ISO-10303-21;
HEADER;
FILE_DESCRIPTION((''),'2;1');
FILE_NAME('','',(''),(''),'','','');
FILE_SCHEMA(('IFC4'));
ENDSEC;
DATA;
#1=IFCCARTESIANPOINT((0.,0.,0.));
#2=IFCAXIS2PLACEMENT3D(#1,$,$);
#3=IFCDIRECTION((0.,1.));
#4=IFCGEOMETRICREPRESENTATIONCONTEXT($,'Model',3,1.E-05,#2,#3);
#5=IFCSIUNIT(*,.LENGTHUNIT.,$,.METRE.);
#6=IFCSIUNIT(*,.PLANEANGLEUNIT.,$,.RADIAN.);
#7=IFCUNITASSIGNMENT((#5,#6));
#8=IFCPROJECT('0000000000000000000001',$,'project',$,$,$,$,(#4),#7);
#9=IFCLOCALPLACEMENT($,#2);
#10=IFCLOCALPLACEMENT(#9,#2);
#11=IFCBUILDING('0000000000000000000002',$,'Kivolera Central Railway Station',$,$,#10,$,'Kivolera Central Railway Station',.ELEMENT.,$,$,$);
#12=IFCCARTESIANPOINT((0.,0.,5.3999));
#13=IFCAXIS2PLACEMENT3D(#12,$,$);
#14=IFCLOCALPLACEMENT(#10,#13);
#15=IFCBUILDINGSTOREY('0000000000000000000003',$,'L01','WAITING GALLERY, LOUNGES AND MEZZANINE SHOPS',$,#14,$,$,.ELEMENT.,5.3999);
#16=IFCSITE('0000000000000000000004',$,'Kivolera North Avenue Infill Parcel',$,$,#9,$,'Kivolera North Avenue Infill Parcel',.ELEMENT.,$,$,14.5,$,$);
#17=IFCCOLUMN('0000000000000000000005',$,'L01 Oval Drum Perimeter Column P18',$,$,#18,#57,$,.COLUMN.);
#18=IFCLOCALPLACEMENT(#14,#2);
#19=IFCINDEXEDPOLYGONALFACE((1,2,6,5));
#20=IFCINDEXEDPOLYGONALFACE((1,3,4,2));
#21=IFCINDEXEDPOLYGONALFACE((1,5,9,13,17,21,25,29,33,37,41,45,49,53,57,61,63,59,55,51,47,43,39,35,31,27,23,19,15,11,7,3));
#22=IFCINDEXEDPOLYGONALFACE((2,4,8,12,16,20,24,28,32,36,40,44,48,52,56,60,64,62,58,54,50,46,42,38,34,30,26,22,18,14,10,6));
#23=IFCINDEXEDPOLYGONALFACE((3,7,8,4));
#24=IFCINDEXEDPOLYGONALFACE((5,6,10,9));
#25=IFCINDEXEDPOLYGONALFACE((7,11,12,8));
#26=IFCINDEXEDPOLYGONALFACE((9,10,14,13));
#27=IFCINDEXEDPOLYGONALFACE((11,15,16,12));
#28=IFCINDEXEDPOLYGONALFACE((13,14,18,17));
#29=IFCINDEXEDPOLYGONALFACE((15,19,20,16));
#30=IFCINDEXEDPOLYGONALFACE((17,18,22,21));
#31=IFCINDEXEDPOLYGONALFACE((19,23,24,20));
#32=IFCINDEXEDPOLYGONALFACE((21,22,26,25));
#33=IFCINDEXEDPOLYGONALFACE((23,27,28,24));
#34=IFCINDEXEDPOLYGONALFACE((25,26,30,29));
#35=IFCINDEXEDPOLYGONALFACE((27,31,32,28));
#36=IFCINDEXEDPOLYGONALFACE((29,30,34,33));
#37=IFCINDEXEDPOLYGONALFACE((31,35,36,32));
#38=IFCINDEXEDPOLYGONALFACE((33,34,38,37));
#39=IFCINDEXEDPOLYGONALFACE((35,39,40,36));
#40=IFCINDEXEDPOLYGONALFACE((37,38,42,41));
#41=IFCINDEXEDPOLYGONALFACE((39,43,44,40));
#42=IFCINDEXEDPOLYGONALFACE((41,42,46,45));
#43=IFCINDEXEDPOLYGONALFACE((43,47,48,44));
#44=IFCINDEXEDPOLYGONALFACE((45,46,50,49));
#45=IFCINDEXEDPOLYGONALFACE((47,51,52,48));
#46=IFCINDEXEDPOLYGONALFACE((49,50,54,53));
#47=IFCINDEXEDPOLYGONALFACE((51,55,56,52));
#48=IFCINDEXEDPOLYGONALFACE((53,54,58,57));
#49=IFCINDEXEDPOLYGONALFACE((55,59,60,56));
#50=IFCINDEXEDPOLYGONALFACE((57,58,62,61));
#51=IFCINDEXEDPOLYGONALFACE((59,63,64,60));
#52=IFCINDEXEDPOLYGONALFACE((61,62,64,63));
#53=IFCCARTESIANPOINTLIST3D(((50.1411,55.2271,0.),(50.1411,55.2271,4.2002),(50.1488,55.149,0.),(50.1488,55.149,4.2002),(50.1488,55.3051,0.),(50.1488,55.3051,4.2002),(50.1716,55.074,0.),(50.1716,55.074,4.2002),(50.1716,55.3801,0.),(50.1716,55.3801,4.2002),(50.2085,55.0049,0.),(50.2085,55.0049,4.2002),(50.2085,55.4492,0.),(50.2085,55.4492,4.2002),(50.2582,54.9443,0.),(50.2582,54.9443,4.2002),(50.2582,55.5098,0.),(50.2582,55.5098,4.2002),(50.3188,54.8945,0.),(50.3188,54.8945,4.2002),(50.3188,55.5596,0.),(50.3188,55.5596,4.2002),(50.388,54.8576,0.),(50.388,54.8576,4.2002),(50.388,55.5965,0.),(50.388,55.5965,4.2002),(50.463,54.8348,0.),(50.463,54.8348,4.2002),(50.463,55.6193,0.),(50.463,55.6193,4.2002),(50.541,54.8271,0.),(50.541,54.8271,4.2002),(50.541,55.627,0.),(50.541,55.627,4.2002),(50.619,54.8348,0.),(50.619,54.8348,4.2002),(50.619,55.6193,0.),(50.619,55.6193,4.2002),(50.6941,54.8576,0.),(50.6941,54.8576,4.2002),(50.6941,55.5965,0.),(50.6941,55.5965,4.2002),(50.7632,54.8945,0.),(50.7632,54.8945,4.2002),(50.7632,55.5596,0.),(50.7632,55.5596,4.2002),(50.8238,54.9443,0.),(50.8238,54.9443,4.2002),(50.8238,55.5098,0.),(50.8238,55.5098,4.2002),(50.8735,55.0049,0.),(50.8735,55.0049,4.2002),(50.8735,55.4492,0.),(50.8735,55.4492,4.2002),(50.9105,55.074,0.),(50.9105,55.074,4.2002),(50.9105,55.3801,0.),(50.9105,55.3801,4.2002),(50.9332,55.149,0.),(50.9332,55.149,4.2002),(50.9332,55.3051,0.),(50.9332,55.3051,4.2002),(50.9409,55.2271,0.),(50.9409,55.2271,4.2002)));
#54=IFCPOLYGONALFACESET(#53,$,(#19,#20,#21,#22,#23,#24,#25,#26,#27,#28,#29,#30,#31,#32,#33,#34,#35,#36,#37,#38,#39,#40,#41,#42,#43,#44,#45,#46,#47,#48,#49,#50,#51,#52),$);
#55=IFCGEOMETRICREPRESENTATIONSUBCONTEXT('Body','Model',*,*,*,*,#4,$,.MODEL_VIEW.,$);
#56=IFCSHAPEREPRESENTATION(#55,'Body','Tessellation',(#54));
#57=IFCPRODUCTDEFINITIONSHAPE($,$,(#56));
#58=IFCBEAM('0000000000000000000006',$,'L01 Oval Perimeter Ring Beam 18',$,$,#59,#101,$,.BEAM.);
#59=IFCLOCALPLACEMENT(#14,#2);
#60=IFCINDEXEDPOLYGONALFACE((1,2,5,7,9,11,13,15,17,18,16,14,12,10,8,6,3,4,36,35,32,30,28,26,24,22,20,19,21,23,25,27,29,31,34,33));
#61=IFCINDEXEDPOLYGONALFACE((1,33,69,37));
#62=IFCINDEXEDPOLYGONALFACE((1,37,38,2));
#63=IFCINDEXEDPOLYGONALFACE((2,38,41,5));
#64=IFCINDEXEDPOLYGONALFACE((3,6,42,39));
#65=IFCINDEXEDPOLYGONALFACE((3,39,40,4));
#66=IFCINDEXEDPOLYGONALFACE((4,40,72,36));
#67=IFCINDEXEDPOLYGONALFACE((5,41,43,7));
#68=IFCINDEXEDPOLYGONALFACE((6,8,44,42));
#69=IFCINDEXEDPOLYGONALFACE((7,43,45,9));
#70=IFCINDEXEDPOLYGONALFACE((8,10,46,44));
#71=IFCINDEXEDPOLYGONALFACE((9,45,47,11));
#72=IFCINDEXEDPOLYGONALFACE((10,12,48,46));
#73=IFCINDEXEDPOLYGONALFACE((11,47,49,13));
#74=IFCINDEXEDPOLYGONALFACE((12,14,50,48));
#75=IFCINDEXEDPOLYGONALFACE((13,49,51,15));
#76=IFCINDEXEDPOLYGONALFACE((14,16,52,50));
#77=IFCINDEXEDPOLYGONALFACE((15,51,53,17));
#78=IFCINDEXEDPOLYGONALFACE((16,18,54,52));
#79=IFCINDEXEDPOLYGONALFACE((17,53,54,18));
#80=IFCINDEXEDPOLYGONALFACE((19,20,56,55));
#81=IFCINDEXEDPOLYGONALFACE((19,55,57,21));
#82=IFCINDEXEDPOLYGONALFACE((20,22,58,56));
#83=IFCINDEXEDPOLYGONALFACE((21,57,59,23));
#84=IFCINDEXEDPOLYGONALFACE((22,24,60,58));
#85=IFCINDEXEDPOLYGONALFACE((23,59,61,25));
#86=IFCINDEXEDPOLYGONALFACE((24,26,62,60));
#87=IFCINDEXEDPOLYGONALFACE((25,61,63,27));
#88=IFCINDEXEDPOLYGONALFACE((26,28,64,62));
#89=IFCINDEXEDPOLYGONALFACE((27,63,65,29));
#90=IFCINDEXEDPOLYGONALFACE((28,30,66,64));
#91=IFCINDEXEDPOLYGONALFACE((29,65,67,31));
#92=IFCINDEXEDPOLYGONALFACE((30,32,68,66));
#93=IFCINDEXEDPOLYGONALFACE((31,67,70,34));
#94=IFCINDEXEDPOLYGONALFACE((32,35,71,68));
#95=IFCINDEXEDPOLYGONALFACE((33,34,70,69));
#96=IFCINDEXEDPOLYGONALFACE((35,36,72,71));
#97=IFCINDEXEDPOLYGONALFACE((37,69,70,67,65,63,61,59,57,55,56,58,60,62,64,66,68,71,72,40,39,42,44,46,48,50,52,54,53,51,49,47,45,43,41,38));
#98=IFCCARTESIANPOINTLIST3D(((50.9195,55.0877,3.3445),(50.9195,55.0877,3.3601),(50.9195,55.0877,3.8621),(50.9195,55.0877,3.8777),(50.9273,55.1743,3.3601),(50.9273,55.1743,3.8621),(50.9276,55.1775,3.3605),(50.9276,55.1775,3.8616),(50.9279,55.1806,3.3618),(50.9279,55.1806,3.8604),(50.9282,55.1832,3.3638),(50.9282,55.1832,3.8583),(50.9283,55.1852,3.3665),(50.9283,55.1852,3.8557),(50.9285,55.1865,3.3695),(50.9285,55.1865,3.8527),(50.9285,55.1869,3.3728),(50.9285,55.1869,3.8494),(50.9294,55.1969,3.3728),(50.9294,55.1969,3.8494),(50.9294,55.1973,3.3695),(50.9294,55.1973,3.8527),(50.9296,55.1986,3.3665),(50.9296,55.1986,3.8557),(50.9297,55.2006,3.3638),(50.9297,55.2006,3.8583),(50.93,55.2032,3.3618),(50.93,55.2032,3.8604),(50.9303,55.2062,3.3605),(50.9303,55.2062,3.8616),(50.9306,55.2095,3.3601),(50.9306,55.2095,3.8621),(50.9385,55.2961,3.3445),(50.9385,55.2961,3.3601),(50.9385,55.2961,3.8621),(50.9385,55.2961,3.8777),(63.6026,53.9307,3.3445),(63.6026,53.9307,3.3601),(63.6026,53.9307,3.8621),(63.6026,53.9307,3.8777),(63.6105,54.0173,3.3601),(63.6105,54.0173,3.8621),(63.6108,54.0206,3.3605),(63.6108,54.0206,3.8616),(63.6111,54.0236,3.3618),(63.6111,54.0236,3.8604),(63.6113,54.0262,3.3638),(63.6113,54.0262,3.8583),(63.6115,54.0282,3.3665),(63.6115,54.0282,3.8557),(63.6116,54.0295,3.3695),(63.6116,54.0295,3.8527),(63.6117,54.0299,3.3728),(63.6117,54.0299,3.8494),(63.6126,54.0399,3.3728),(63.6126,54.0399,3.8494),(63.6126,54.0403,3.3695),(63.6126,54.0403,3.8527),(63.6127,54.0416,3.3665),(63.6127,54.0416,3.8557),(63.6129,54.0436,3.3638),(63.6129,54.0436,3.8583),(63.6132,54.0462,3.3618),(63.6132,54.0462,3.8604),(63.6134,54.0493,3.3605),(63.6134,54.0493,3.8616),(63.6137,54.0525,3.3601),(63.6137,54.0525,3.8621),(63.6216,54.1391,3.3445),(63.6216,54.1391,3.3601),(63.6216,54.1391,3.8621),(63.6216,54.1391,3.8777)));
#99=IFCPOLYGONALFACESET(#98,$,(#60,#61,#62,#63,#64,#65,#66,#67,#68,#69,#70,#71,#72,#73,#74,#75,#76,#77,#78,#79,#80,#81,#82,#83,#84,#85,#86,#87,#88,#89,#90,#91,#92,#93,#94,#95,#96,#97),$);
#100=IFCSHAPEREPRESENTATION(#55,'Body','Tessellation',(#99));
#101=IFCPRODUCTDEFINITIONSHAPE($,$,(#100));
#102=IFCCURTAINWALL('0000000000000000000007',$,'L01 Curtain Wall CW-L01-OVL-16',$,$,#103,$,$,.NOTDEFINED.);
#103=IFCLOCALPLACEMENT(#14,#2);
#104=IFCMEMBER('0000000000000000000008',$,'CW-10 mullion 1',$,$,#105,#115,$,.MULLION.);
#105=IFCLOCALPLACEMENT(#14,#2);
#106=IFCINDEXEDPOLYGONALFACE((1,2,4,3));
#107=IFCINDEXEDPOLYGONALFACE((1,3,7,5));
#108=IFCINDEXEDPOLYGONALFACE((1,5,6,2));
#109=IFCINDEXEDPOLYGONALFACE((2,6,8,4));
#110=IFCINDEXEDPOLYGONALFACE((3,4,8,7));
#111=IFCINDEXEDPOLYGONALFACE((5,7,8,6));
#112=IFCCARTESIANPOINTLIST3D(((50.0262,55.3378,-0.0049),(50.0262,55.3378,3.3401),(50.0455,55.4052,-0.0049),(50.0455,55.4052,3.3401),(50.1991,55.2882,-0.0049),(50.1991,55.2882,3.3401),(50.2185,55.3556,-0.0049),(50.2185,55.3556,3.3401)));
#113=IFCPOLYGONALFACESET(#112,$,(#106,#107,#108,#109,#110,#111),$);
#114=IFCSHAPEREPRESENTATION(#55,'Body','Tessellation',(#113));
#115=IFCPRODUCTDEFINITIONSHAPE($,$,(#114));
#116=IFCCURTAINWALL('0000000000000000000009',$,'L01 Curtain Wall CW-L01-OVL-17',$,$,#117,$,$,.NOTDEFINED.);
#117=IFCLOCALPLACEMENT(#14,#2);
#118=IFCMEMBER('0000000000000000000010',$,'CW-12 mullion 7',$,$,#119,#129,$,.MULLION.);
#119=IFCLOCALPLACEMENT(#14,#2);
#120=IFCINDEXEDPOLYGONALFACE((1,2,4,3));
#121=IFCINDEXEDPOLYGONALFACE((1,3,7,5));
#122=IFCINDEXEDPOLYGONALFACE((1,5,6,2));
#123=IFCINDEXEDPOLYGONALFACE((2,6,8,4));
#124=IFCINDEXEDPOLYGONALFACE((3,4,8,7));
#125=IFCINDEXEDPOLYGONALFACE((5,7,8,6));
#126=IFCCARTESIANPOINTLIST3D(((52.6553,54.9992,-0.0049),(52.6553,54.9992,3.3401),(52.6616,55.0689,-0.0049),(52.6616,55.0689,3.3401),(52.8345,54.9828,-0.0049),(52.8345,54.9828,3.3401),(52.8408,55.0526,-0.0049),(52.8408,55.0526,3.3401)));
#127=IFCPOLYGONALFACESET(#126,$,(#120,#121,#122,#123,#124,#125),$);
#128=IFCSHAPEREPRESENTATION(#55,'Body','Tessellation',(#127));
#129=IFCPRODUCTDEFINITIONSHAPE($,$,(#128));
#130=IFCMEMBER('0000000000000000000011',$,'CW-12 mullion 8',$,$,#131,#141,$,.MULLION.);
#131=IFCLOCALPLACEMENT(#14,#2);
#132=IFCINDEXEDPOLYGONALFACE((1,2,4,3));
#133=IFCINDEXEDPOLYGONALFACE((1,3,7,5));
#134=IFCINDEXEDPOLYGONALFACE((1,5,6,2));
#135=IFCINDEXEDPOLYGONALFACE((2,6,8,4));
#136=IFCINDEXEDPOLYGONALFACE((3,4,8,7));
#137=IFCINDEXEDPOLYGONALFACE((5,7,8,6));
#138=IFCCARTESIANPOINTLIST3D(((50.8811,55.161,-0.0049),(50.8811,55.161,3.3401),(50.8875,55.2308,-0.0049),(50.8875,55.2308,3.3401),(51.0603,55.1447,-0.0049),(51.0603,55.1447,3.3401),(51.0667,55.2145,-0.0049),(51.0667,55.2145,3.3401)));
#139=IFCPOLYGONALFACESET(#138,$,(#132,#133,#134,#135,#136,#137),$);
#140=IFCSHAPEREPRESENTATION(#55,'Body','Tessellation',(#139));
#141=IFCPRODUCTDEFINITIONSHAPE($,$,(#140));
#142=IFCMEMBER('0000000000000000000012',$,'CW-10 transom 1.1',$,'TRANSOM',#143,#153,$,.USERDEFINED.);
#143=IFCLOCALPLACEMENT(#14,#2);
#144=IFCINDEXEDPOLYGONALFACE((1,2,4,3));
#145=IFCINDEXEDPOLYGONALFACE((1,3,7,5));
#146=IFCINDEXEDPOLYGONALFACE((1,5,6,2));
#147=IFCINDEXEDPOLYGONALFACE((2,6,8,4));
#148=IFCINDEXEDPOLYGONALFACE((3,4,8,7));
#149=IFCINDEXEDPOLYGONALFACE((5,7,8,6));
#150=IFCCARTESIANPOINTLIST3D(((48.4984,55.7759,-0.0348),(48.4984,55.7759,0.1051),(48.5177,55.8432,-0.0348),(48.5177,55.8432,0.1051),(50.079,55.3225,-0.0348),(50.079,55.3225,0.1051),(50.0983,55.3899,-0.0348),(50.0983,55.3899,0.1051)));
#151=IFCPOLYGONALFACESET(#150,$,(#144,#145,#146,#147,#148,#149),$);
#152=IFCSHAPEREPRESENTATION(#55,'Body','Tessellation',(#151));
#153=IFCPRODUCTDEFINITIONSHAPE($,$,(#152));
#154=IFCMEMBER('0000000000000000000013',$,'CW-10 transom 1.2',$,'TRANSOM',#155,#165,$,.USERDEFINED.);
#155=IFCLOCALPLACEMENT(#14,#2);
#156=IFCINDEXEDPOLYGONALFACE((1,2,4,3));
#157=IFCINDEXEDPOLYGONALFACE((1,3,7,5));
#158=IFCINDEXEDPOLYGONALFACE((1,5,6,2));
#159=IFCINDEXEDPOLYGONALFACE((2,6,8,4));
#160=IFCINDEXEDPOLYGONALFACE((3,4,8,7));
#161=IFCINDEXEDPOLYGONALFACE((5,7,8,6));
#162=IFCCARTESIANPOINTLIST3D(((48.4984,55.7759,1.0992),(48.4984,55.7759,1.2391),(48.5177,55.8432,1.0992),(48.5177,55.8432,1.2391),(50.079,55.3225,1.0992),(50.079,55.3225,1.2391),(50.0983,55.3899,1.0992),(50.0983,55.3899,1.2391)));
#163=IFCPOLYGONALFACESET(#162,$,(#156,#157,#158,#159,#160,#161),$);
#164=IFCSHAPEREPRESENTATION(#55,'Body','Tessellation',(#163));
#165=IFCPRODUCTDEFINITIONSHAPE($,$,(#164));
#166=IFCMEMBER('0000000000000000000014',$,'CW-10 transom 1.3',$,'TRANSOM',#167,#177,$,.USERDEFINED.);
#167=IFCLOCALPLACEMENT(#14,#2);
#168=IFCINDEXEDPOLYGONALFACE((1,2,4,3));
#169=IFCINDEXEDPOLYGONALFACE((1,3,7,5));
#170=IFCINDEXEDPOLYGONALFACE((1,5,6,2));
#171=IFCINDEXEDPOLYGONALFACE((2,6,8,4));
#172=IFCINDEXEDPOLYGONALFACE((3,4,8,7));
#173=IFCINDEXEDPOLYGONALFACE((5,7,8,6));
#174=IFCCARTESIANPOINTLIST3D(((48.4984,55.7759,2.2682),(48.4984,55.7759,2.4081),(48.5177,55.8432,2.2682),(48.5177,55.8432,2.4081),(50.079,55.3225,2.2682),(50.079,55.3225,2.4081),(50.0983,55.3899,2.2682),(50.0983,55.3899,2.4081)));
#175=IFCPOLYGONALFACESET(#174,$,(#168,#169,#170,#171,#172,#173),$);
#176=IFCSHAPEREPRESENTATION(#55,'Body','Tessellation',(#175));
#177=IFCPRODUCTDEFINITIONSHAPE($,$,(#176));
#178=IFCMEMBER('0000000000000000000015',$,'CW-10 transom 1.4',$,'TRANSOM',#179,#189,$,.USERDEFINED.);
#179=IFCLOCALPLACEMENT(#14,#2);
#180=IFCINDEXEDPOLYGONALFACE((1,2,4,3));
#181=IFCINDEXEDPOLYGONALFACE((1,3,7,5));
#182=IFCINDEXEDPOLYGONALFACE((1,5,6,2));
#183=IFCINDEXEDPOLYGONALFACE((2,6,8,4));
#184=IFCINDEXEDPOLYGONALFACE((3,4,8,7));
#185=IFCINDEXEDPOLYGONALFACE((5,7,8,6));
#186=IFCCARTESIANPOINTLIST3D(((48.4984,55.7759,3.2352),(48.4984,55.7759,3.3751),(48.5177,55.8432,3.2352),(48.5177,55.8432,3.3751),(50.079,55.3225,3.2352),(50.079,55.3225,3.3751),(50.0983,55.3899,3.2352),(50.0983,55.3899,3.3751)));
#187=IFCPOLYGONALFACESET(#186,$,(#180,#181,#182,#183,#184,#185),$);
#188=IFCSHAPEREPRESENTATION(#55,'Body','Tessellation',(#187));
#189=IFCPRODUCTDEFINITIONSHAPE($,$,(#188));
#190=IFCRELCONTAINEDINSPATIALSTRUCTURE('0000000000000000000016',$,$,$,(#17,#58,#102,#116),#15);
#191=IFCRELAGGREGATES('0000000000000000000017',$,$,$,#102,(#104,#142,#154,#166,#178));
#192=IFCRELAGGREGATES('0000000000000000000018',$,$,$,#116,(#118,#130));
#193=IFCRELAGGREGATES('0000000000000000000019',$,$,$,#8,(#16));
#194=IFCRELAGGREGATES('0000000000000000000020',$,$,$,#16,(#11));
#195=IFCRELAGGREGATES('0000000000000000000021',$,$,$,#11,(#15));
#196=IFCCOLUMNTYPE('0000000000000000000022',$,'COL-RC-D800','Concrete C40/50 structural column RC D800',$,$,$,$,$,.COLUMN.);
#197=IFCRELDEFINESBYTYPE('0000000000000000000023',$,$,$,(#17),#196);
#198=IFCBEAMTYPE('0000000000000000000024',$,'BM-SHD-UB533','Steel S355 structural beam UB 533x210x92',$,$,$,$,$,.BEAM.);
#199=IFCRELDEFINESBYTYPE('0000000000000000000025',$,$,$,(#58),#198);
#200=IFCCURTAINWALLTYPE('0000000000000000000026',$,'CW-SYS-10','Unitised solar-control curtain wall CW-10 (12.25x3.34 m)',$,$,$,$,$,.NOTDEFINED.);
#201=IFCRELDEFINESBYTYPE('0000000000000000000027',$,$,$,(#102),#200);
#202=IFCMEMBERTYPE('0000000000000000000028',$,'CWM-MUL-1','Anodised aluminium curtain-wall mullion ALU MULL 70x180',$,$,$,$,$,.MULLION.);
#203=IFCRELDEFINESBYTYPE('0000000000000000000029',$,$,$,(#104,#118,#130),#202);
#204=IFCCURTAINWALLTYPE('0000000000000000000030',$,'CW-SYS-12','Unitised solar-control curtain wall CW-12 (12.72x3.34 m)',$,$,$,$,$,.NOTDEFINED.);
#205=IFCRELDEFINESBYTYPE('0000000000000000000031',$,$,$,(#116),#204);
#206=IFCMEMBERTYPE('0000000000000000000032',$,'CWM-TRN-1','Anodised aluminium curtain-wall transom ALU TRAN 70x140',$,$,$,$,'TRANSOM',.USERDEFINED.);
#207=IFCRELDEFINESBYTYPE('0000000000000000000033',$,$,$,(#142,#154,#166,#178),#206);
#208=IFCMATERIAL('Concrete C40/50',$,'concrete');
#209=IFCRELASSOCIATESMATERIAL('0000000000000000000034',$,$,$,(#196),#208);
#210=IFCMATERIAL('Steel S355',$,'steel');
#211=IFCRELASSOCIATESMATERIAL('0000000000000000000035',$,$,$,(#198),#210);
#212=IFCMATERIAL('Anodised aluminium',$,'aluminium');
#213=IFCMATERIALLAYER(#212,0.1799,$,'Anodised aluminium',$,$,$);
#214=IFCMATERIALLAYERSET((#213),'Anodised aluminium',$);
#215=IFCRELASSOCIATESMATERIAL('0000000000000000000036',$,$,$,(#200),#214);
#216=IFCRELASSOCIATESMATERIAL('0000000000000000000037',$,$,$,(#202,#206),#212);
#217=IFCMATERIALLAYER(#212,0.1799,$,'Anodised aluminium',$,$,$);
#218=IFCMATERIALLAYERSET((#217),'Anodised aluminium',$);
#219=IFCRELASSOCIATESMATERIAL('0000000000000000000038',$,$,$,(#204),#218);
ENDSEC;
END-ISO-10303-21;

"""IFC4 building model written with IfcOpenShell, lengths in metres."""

from ifc_helpers import new_model, si_unit, direction, frame, origin, origin_2d, place, context, subcontext, project, spatial, rectangle, circle, i_section, extrude, material, layer, layer_set, material_profile, profile_set, type_object, element, aggregate, save


model = new_model("IFC4")

# Units and contexts
model_context = context("Model", 3, precision=1e-05, world=origin(), true_north=direction((0.0, 1.0)))
body_context = subcontext(model_context, "Body", "Model", "MODEL_VIEW")
ifc_project = project(units=[si_unit("LENGTHUNIT", "METRE"), si_unit("PLANEANGLEUNIT", "RADIAN")], contexts=[model_context])

# Site, building, storey
site_placement = place(None, origin())
site = spatial("IfcSite", under=ifc_project, at=site_placement, Name="Kivolera North Avenue Infill Parcel", LongName="Kivolera North Avenue Infill Parcel", CompositionType="ELEMENT", RefElevation=14.5)
building_placement = place(site_placement, origin())
building = spatial("IfcBuilding", under=site, at=building_placement, Name="Kivolera Central Railway Station", LongName="Kivolera Central Railway Station", CompositionType="ELEMENT")
storey_placement = place(building_placement, frame((0.0, 0.0, 5.3999)))
storey = spatial("IfcBuildingStorey", under=building, at=storey_placement, Name="L01", Description="WAITING GALLERY, LOUNGES AND MEZZANINE SHOPS", CompositionType="ELEMENT", Elevation=5.3999)

# Column
ifc_material_1 = material(Name="Concrete C40/50", Category="concrete")
ifc_material_profile_1 = material_profile(ifc_material_1, circle(Radius=0.3999, at=origin_2d()), Name="RC D800")
ifc_profile_set_1 = profile_set([ifc_material_profile_1], Name="Concrete C40/50")
column_type = type_object("IfcColumnType", Name="COL-RC-D800", Description="Concrete C40/50 structural column RC D800", PredefinedType="COLUMN", material=ifc_profile_set_1)
column_placement = place(storey_placement, frame((50.541, 55.2271, 0.0), z_axis=(0.0, 0.0, 1.0), x_axis=(1.0, 0.0, 0.0)))
element("IfcColumn", 1, at=column_placement, inside=storey, type_object=column_type, Name="L01 Oval Drum Perimeter Column P18", PredefinedType="COLUMN", context=body_context, shape_type="SweptSolid", body=[
    extrude(circle(Radius=0.3999, at=origin_2d()), origin(), (0.0, 0.0, 1.0), 4.2002),
])

# Beam
ifc_material_2 = material(Name="Steel S355", Category="steel")
ifc_material_profile_2 = material_profile(ifc_material_2, i_section(OverallWidth=0.2092, OverallDepth=0.5332, WebThickness=0.01, FlangeThickness=0.0156, FilletRadius=0.0127, at=origin_2d()), Name="UB 533x210x92")
ifc_profile_set_2 = profile_set([ifc_material_profile_2], Name="Steel S355")
beam_type = type_object("IfcBeamType", Name="BM-SHD-UB533", Description="Steel S355 structural beam UB 533x210x92", PredefinedType="BEAM", material=ifc_profile_set_2)
beam_placement = place(storey_placement, frame((50.929, 55.1919, 3.6111), z_axis=(0.995865, -0.090845, 0.0), x_axis=(0.090845, 0.995865, 0.0)))
element("IfcBeam", 2, at=beam_placement, inside=storey, type_object=beam_type, Name="L01 Oval Perimeter Ring Beam 18", PredefinedType="BEAM", context=body_context, shape_type="SweptSolid", body=[
    extrude(i_section(OverallWidth=0.2092, OverallDepth=0.5332, WebThickness=0.01, FlangeThickness=0.0156, FilletRadius=0.0127, at=origin_2d()), origin(), (0.0, 0.0, 1.0), 12.7358),
])

# Curtain wall, member
ifc_material_3 = material(Name="Anodised aluminium", Category="aluminium")
ifc_layer_1 = layer(ifc_material_3, 0.1799, Name="Anodised aluminium")
ifc_layer_set_1 = layer_set([ifc_layer_1], Name="Anodised aluminium")
curtain_wall_type_1 = type_object("IfcCurtainWallType", Name="CW-SYS-10", Description="Unitised solar-control curtain wall CW-10 (12.25x3.34 m)", PredefinedType="NOTDEFINED", material=ifc_layer_set_1)
curtain_wall_1_placement = place(storey_placement, origin())
curtain_wall_1 = element("IfcCurtainWall", 3, at=curtain_wall_1_placement, inside=storey, type_object=curtain_wall_type_1, Name="L01 Curtain Wall CW-L01-OVL-16", PredefinedType="NOTDEFINED")
ifc_material_profile_3 = material_profile(ifc_material_3, rectangle(XDim=0.0701, YDim=0.1799, at=origin_2d()), Name="ALU MULL 70x180")
ifc_profile_set_3 = profile_set([ifc_material_profile_3], Name="Anodised aluminium")
member_type_1 = type_object("IfcMemberType", Name="CWM-MUL-1", Description="Anodised aluminium curtain-wall mullion ALU MULL 70x180", PredefinedType="MULLION", material=ifc_profile_set_3)
member_1_placement = place(storey_placement, frame((50.1223, 55.3467, -0.0049), z_axis=(0.0, 0.0, 1.0), x_axis=(-0.275692, -0.961246, 0.0)))
member_1 = element("IfcMember", 4, at=member_1_placement, type_object=member_type_1, Name="CW-10 mullion 1", PredefinedType="MULLION", context=body_context, shape_type="SweptSolid", body=[
    extrude(rectangle(XDim=0.0701, YDim=0.1799, at=origin_2d()), origin(), (0.0, 0.0, 1.0), 3.345),
])

# Curtain wall, members
ifc_layer_2 = layer(ifc_material_3, 0.1799, Name="Anodised aluminium")
ifc_layer_set_2 = layer_set([ifc_layer_2], Name="Anodised aluminium")
curtain_wall_type_2 = type_object("IfcCurtainWallType", Name="CW-SYS-12", Description="Unitised solar-control curtain wall CW-12 (12.72x3.34 m)", PredefinedType="NOTDEFINED", material=ifc_layer_set_2)
curtain_wall_2_placement = place(storey_placement, origin())
curtain_wall_2 = element("IfcCurtainWall", 5, at=curtain_wall_2_placement, inside=storey, type_object=curtain_wall_type_2, Name="L01 Curtain Wall CW-L01-OVL-17", PredefinedType="NOTDEFINED")
member_2_placement = place(storey_placement, frame((52.748, 55.0259, -0.0049), z_axis=(0.0, 0.0, 1.0), x_axis=(-0.090834, -0.995866, 0.0)))
member_2 = element("IfcMember", 6, at=member_2_placement, type_object=member_type_1, Name="CW-12 mullion 7", PredefinedType="MULLION", context=body_context, shape_type="SweptSolid", body=[
    extrude(rectangle(XDim=0.0701, YDim=0.1799, at=origin_2d()), origin(), (0.0, 0.0, 1.0), 3.345),
])
member_3_placement = place(storey_placement, frame((50.9739, 55.1877, -0.0049), z_axis=(0.0, 0.0, 1.0), x_axis=(-0.090834, -0.995866, 0.0)))
member_3 = element("IfcMember", 7, at=member_3_placement, type_object=member_type_1, Name="CW-12 mullion 8", PredefinedType="MULLION", context=body_context, shape_type="SweptSolid", body=[
    extrude(rectangle(XDim=0.0701, YDim=0.1799, at=origin_2d()), origin(), (0.0, 0.0, 1.0), 3.345),
])

# Members
ifc_material_profile_4 = material_profile(ifc_material_3, rectangle(XDim=0.0701, YDim=0.1399, at=origin_2d()), Name="ALU TRAN 70x140")
ifc_profile_set_4 = profile_set([ifc_material_profile_4], Name="Anodised aluminium")
member_type_2 = type_object("IfcMemberType", Name="CWM-TRN-1", Description="Anodised aluminium curtain-wall transom ALU TRAN 70x140", ElementType="TRANSOM", PredefinedType="USERDEFINED", material=ifc_profile_set_4)
member_4_placement = place(storey_placement, frame((50.0886, 55.3562, 0.0352), z_axis=(-0.961238, 0.275721, 0.0), x_axis=(-0.275721, -0.961238, 0.0)))
member_4 = element("IfcMember", 8, at=member_4_placement, type_object=member_type_2, Name="CW-10 transom 1.1", ObjectType="TRANSOM", PredefinedType="USERDEFINED", context=body_context, shape_type="SweptSolid", body=[
    extrude(rectangle(XDim=0.0701, YDim=0.1399, at=origin_2d()), origin(), (0.0, 0.0, 1.0), 1.6443),
])
member_5_placement = place(storey_placement, frame((50.0886, 55.3562, 1.1692), z_axis=(-0.961238, 0.275721, 0.0), x_axis=(-0.275721, -0.961238, 0.0)))
member_5 = element("IfcMember", 9, at=member_5_placement, type_object=member_type_2, Name="CW-10 transom 1.2", ObjectType="TRANSOM", PredefinedType="USERDEFINED", context=body_context, shape_type="SweptSolid", body=[
    extrude(rectangle(XDim=0.0701, YDim=0.1399, at=origin_2d()), origin(), (0.0, 0.0, 1.0), 1.6443),
])
member_6_placement = place(storey_placement, frame((50.0886, 55.3562, 2.3381), z_axis=(-0.961238, 0.275721, 0.0), x_axis=(-0.275721, -0.961238, 0.0)))
member_6 = element("IfcMember", 10, at=member_6_placement, type_object=member_type_2, Name="CW-10 transom 1.3", ObjectType="TRANSOM", PredefinedType="USERDEFINED", context=body_context, shape_type="SweptSolid", body=[
    extrude(rectangle(XDim=0.0701, YDim=0.1399, at=origin_2d()), origin(), (0.0, 0.0, 1.0), 1.6443),
])
member_7_placement = place(storey_placement, frame((50.0886, 55.3562, 3.3052), z_axis=(-0.961238, 0.275721, 0.0), x_axis=(-0.275721, -0.961238, 0.0)))
member_7 = element("IfcMember", 11, at=member_7_placement, type_object=member_type_2, Name="CW-10 transom 1.4", ObjectType="TRANSOM", PredefinedType="USERDEFINED", context=body_context, shape_type="SweptSolid", body=[
    extrude(rectangle(XDim=0.0701, YDim=0.1399, at=origin_2d()), origin(), (0.0, 0.0, 1.0), 1.6443),
])

aggregate(curtain_wall_1, [member_1, member_4, member_5, member_6, member_7])
aggregate(curtain_wall_2, [member_2, member_3])

save(model, "model.ifc")
